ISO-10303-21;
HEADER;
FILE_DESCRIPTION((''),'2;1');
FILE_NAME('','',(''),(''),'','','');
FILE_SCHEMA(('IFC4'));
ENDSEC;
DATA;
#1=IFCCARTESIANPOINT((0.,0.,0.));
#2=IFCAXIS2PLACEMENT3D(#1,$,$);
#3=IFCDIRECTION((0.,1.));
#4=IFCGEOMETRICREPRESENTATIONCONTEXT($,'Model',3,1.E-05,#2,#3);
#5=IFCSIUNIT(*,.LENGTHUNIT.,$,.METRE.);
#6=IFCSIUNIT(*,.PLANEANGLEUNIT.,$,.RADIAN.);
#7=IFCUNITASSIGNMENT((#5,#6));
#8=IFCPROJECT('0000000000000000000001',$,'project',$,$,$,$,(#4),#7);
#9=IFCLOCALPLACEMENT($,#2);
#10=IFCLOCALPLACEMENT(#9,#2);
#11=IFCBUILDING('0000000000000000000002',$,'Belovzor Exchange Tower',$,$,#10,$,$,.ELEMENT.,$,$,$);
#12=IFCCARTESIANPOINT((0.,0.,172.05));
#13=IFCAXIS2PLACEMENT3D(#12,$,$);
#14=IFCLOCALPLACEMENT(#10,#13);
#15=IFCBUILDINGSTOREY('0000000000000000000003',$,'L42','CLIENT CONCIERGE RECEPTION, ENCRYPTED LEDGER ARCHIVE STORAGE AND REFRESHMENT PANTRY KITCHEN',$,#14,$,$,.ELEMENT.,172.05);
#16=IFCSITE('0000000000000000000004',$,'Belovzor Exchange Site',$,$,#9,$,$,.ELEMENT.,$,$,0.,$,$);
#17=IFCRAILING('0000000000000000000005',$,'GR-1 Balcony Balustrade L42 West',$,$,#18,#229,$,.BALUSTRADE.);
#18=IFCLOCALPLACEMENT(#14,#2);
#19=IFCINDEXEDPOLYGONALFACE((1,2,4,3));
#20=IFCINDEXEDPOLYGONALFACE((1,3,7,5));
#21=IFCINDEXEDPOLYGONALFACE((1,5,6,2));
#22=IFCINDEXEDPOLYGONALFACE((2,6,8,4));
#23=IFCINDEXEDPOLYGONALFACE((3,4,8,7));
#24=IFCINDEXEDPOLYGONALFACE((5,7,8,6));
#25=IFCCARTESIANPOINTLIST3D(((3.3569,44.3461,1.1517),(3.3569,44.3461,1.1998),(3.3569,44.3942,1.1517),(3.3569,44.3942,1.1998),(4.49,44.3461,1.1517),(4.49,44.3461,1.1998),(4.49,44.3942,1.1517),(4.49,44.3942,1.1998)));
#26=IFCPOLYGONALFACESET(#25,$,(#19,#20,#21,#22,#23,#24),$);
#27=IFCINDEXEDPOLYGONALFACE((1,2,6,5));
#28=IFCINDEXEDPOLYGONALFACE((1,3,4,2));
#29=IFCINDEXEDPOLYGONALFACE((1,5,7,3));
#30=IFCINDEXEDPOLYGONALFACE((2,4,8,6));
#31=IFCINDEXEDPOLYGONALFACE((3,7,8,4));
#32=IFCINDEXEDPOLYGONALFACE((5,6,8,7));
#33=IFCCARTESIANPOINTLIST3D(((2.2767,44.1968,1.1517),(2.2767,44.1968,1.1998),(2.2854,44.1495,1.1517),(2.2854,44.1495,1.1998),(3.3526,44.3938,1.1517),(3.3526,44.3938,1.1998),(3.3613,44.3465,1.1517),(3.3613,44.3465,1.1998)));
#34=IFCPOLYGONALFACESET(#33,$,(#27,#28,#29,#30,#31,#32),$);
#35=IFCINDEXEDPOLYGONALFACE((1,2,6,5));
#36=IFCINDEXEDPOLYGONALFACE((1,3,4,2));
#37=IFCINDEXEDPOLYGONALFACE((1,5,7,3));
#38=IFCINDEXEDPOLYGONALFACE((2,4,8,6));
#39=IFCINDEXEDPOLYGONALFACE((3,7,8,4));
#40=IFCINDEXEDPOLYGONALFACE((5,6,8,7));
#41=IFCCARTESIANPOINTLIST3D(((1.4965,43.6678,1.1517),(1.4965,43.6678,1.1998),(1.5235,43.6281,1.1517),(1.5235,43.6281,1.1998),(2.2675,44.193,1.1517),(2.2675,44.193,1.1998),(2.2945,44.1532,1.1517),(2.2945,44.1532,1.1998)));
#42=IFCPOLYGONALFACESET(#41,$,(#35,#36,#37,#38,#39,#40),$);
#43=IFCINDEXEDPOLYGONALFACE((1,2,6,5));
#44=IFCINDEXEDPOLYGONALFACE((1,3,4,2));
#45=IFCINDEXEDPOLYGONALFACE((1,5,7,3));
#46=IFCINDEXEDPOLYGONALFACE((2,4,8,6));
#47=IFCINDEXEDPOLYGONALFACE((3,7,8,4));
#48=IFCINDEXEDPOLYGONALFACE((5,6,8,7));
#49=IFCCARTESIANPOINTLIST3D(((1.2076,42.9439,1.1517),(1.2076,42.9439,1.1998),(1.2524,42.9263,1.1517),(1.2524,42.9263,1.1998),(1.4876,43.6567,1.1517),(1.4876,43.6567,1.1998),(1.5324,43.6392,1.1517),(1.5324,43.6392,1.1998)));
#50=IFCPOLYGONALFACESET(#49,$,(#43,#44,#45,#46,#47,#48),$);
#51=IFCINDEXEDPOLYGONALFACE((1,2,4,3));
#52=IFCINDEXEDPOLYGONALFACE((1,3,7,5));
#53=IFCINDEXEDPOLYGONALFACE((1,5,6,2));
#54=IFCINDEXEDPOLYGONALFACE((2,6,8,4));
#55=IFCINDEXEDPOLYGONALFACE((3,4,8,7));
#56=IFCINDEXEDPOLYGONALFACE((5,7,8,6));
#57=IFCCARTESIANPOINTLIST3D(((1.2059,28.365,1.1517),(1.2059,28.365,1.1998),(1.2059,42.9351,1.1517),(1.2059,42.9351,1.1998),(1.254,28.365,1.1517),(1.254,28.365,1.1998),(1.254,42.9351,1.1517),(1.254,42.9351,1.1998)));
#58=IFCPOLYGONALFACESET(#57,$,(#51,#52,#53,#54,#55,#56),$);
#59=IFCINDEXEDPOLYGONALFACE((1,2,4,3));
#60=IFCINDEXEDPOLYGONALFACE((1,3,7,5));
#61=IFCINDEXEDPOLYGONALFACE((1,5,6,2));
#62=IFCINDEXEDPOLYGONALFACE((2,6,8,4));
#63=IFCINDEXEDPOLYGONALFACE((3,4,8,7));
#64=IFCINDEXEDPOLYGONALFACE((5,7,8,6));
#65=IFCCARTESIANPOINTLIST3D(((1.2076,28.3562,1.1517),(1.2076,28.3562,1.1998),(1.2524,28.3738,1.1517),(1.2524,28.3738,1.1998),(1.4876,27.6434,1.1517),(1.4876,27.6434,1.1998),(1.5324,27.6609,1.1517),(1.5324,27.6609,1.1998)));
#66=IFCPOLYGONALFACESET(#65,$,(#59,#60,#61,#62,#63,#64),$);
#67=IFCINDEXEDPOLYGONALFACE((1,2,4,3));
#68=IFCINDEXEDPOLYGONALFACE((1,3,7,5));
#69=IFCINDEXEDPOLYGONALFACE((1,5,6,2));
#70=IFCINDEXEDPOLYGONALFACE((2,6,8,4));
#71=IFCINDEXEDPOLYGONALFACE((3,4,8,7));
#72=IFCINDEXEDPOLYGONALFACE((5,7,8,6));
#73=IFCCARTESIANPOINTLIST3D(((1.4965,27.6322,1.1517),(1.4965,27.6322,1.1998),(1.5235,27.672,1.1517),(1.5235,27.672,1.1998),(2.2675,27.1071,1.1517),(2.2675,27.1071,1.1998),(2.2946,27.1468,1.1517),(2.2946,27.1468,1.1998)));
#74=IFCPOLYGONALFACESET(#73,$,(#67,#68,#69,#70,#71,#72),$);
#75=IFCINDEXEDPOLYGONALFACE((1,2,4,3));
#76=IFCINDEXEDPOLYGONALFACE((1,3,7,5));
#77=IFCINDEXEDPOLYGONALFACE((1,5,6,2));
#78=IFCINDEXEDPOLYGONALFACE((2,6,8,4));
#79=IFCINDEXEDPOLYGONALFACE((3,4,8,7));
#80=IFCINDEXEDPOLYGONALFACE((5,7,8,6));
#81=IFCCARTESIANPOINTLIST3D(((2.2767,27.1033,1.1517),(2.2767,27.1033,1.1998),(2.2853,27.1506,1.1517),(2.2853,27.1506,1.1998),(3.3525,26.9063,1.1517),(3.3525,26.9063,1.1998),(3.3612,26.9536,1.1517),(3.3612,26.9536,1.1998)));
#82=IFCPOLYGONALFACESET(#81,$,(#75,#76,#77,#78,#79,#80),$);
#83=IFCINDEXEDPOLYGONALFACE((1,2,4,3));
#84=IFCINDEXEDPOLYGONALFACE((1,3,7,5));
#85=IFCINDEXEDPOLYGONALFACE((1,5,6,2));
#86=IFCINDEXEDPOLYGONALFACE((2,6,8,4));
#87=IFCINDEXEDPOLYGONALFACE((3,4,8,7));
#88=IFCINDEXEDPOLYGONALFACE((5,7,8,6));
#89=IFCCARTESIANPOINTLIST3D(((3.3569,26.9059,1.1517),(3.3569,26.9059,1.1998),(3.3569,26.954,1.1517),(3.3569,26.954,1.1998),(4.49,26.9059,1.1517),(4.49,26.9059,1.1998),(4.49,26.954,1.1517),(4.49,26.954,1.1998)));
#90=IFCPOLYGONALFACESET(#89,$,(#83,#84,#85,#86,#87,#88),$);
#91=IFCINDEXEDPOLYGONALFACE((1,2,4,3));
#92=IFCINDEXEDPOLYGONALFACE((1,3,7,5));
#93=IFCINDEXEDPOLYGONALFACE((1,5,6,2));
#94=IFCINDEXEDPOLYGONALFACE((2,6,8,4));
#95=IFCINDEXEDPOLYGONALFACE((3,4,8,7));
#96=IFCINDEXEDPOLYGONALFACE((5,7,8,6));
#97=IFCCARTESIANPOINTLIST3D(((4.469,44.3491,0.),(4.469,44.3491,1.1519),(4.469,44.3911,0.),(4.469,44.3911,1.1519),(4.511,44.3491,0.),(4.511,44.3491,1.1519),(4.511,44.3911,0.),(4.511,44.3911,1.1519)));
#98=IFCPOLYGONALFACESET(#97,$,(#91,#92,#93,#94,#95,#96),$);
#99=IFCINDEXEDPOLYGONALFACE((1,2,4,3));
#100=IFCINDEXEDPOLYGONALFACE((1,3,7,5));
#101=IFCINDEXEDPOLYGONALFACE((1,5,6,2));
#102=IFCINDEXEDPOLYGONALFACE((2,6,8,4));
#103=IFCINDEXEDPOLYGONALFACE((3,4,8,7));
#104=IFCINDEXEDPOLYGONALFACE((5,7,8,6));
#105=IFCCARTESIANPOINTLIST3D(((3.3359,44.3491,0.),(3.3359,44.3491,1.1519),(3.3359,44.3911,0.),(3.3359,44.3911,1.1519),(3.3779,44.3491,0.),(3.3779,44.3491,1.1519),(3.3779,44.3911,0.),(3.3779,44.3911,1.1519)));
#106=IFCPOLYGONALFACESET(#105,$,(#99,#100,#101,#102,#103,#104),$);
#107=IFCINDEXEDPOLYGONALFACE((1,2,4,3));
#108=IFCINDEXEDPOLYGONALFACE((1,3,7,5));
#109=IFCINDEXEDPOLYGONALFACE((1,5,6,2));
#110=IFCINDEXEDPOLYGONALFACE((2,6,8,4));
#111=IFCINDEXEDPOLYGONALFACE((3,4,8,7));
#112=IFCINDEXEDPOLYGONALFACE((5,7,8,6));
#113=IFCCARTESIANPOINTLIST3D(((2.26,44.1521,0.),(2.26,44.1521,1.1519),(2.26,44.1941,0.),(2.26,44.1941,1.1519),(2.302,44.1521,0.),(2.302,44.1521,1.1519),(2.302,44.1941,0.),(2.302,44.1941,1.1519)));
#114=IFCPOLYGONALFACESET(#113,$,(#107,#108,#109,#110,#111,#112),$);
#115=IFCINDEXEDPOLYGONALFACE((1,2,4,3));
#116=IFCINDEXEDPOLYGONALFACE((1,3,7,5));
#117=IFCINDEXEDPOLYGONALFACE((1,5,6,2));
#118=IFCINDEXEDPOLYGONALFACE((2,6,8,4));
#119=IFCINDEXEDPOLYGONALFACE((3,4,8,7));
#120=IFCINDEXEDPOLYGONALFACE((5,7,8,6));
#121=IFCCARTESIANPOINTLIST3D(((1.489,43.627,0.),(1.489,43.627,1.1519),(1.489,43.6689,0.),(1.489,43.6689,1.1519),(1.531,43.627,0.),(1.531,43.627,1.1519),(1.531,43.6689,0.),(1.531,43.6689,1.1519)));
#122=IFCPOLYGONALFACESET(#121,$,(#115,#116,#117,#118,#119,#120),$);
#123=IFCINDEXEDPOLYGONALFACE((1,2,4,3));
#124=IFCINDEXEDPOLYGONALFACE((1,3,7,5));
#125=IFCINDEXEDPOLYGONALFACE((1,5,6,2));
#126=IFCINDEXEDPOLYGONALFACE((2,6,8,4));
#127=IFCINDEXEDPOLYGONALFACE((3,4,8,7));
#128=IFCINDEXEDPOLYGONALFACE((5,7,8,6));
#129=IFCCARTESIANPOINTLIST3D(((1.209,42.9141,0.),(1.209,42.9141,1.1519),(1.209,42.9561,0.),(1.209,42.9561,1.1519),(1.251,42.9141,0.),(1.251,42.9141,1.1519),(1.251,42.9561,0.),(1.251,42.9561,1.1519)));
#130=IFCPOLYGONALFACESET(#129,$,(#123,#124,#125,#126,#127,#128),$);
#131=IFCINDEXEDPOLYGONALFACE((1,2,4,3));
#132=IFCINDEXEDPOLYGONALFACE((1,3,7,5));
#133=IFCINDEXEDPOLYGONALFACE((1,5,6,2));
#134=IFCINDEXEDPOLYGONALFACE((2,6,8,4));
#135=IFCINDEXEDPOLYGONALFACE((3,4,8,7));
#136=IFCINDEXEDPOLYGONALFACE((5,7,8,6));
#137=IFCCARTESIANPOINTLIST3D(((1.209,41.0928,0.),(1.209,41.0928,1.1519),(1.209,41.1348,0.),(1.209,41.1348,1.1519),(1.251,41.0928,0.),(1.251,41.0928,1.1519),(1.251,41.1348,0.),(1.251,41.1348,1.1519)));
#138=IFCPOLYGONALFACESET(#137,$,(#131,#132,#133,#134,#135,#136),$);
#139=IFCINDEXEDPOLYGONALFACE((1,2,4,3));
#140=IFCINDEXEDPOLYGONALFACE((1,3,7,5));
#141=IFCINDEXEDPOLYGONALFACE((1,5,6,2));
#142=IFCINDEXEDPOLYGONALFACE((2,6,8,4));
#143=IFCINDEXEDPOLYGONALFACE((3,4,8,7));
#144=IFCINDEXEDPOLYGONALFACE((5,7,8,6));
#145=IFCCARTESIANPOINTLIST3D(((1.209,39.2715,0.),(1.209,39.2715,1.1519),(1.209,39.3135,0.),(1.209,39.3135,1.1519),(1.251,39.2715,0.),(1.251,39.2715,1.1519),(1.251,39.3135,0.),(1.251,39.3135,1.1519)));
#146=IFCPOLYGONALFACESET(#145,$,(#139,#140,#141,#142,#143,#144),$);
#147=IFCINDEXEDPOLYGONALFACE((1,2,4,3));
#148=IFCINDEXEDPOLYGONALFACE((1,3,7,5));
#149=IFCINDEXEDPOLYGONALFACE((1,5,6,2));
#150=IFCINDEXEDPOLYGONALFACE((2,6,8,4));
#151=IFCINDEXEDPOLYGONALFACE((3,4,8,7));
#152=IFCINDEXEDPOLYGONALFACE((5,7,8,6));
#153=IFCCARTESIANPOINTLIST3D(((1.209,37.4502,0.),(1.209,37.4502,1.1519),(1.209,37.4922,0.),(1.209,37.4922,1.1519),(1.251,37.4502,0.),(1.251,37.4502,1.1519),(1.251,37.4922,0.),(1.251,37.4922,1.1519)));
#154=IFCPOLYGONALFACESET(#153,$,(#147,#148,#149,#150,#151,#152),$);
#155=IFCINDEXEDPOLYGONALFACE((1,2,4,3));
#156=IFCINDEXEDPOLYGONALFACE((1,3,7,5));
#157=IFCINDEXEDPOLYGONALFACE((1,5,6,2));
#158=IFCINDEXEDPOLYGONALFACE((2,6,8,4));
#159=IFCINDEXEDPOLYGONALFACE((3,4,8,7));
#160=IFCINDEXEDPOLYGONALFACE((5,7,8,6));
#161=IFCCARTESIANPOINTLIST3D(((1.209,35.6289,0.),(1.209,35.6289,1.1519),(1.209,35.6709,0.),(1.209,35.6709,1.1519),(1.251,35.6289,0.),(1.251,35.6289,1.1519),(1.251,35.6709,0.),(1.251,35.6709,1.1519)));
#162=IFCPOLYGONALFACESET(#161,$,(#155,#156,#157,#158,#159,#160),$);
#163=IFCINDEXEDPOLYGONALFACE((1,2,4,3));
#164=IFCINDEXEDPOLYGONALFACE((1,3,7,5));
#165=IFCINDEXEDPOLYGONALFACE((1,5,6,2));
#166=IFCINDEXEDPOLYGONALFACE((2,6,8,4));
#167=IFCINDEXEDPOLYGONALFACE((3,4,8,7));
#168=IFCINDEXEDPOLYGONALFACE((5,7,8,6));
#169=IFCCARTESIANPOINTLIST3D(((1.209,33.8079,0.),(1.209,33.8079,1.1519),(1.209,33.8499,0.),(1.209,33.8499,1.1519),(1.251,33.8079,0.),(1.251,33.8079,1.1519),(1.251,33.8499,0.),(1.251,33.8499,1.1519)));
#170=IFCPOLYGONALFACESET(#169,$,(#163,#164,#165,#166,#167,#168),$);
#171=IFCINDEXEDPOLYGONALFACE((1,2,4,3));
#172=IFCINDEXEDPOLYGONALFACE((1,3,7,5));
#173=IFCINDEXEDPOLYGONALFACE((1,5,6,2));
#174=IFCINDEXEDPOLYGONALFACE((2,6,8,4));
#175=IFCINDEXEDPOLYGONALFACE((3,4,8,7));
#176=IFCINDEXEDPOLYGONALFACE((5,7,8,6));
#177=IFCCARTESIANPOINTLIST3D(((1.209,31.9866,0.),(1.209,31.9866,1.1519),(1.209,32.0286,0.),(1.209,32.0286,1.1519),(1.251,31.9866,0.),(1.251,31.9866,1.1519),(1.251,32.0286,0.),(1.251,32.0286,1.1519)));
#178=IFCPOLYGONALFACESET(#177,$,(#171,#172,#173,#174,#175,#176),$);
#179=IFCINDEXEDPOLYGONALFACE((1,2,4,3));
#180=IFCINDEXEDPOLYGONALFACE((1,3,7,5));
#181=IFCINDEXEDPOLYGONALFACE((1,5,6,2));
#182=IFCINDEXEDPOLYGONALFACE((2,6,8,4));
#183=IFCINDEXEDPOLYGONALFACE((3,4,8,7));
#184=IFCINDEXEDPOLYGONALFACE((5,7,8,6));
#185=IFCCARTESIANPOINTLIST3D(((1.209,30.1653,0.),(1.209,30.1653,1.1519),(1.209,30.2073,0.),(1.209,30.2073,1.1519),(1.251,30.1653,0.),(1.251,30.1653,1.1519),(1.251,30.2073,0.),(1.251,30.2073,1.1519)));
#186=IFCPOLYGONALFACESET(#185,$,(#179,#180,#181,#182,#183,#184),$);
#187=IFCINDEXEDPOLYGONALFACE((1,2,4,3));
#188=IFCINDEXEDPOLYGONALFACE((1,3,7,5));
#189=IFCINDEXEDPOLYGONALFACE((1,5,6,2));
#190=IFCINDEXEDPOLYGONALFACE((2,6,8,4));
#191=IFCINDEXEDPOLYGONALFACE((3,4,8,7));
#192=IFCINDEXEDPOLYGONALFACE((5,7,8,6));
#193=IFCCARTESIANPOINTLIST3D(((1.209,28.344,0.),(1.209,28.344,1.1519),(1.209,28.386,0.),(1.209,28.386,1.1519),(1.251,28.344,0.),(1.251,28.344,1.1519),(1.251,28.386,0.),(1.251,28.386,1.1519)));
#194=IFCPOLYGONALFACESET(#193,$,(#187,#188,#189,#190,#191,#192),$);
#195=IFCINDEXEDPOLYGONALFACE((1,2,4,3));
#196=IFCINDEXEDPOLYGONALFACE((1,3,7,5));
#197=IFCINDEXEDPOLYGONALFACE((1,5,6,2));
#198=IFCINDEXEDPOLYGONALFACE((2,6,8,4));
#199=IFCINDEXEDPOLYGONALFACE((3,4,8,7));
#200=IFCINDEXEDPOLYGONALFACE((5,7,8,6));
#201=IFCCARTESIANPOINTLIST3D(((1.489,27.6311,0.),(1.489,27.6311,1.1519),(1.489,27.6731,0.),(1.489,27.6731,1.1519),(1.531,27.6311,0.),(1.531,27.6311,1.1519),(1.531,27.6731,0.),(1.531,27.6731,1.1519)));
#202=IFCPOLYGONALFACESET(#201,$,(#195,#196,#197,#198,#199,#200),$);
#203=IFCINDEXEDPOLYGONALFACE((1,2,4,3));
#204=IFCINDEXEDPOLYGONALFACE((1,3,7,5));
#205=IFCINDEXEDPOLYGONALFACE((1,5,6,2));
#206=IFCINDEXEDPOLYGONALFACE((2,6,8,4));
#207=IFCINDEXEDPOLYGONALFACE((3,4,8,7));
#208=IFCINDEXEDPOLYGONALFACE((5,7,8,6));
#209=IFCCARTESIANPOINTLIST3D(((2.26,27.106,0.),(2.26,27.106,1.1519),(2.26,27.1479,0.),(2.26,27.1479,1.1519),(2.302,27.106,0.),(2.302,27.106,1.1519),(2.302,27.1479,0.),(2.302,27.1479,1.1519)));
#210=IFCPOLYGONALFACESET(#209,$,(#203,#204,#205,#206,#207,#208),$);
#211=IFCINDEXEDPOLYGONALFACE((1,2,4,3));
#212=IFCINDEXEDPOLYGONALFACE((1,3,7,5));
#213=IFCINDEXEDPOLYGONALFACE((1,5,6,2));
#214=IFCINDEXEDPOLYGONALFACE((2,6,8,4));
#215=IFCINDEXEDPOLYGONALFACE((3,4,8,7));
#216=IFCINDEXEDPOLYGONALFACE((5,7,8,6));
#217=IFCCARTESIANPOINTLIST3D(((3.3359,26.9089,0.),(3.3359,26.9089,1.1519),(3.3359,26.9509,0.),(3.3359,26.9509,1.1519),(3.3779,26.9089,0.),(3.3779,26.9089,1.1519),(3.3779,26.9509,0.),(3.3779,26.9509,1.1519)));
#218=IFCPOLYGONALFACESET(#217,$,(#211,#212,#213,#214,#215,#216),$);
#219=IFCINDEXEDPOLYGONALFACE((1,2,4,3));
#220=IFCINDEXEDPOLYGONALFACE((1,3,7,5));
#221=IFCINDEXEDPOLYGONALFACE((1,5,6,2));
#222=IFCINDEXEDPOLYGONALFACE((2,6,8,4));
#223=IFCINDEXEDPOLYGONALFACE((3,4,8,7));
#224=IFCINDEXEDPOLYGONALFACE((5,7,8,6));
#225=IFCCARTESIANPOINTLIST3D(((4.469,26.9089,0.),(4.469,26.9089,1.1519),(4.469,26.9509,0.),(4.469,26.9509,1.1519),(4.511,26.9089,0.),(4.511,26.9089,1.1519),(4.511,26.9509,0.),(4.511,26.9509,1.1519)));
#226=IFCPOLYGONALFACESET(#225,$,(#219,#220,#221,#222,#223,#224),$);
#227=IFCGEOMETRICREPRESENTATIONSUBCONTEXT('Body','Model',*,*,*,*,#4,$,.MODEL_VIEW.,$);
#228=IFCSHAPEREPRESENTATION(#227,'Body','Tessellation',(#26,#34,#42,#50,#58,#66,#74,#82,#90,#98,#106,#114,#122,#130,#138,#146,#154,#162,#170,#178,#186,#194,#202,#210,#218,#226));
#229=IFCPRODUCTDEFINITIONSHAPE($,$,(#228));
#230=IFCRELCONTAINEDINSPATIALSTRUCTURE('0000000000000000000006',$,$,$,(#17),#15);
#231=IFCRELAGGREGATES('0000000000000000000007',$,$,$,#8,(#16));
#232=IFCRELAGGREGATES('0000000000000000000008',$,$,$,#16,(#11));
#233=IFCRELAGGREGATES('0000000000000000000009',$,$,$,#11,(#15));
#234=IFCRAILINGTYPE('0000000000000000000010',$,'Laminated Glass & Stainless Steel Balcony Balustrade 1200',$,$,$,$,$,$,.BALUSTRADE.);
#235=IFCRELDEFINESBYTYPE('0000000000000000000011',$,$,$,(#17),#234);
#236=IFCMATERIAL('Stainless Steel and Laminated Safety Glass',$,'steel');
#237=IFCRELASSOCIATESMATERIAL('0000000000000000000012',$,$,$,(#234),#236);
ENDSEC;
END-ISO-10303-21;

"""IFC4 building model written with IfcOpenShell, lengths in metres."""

from ifc_helpers import new_model, si_unit, direction, frame, origin, origin_2d, place, context, subcontext, project, spatial, rectangle, extrude, material, type_object, element, save


model = new_model("IFC4")

# Units and contexts
model_context = context("Model", 3, precision=1e-05, world=origin(), true_north=direction((0.0, 1.0)))
body_context = subcontext(model_context, "Body", "Model", "MODEL_VIEW")
ifc_project = project(units=[si_unit("LENGTHUNIT", "METRE"), si_unit("PLANEANGLEUNIT", "RADIAN")], contexts=[model_context])

# Site, building, storey
site_placement = place(None, origin())
site = spatial("IfcSite", under=ifc_project, at=site_placement, Name="Belovzor Exchange Site", CompositionType="ELEMENT", RefElevation=0.0)
building_placement = place(site_placement, origin())
building = spatial("IfcBuilding", under=site, at=building_placement, Name="Belovzor Exchange Tower", CompositionType="ELEMENT")
storey_placement = place(building_placement, frame((0.0, 0.0, 172.05)))
storey = spatial("IfcBuildingStorey", under=building, at=storey_placement, Name="L42", Description="CLIENT CONCIERGE RECEPTION, ENCRYPTED LEDGER ARCHIVE STORAGE AND REFRESHMENT PANTRY KITCHEN", CompositionType="ELEMENT", Elevation=172.05)

# Railing
ifc_material_1 = material(Name="Stainless Steel and Laminated Safety Glass", Category="steel")
railing_type = type_object("IfcRailingType", Name="Laminated Glass & Stainless Steel Balcony Balustrade 1200", PredefinedType="BALUSTRADE", material=ifc_material_1)
railing_placement = place(storey_placement, frame((4.49, 44.3701, 0.0)))
element("IfcRailing", 1, at=railing_placement, inside=storey, type_object=railing_type, Name="GR-1 Balcony Balustrade L42 West", PredefinedType="BALUSTRADE", context=body_context, shape_type="SweptSolid", body=[
    extrude(rectangle(XDim=0.0481, YDim=0.0481, at=origin_2d()), frame((0.0, 0.0, 1.1758), z_axis=(-1.0, 0.0, 0.0), x_axis=(0.0, -1.0, 0.0)), (0.0, 0.0, 1.0), 1.1331),
    extrude(rectangle(XDim=0.0481, YDim=0.0481, at=origin_2d()), frame((-1.1331, 0.0, 1.1758), z_axis=(-0.983644, -0.180123, 0.0), x_axis=(0.180123, -0.983644, 0.0)), (0.0, 0.0, 1.0), 1.0938),
    extrude(rectangle(XDim=0.0481, YDim=0.0481, at=origin_2d()), frame((-2.209, -0.197, 1.1758), z_axis=(-0.826493, -0.562947, 0.0), x_axis=(0.562947, -0.826493, 0.0)), (0.0, 0.0, 1.0), 0.9329),
    extrude(rectangle(XDim=0.0481, YDim=0.0481, at=origin_2d()), frame((-2.98, -0.7222, 1.1758), z_axis=(-0.365613, -0.930767, 0.0), x_axis=(0.930767, -0.365613, 0.0)), (0.0, 0.0, 1.0), 0.7659),
    extrude(rectangle(XDim=0.0481, YDim=0.0481, at=origin_2d()), frame((-3.26, -1.4351, 1.1758), z_axis=(0.0, -1.0, 0.0), x_axis=(1.0, 0.0, 0.0)), (0.0, 0.0, 1.0), 14.5701),
    extrude(rectangle(XDim=0.0481, YDim=0.0481, at=origin_2d()), frame((-3.26, -16.0051, 1.1758), z_axis=(0.365613, -0.930767, 0.0), x_axis=(0.930767, 0.365613, 0.0)), (0.0, 0.0, 1.0), 0.7659),
    extrude(rectangle(XDim=0.0481, YDim=0.0481, at=origin_2d()), frame((-2.98, -16.718, 1.1758), z_axis=(0.826493, -0.562947, 0.0), x_axis=(0.562947, 0.826493, 0.0)), (0.0, 0.0, 1.0), 0.9329),
    extrude(rectangle(XDim=0.0481, YDim=0.0481, at=origin_2d()), frame((-2.209, -17.2432, 1.1758), z_axis=(0.983644, -0.180123, 0.0), x_axis=(0.180123, 0.983644, 0.0)), (0.0, 0.0, 1.0), 1.0938),
    extrude(rectangle(XDim=0.0481, YDim=0.0481, at=origin_2d()), frame((-1.1331, -17.4402, 1.1758), z_axis=(1.0, 0.0, 0.0), x_axis=(0.0, 1.0, 0.0)), (0.0, 0.0, 1.0), 1.1331),
    extrude(rectangle(XDim=0.042, YDim=0.042, at=origin_2d()), origin(), (0.0, 0.0, 1.0), 1.1519),
    extrude(rectangle(XDim=0.042, YDim=0.042, at=origin_2d()), frame((-1.1331, 0.0, 0.0)), (0.0, 0.0, 1.0), 1.1519),
    extrude(rectangle(XDim=0.042, YDim=0.042, at=origin_2d()), frame((-2.209, -0.197, 0.0)), (0.0, 0.0, 1.0), 1.1519),
    extrude(rectangle(XDim=0.042, YDim=0.042, at=origin_2d()), frame((-2.98, -0.7222, 0.0)), (0.0, 0.0, 1.0), 1.1519),
    extrude(rectangle(XDim=0.042, YDim=0.042, at=origin_2d()), frame((-3.26, -1.4351, 0.0)), (0.0, 0.0, 1.0), 1.1519),
    extrude(rectangle(XDim=0.042, YDim=0.042, at=origin_2d()), frame((-3.26, -3.2563, 0.0)), (0.0, 0.0, 1.0), 1.1519),
    extrude(rectangle(XDim=0.042, YDim=0.042, at=origin_2d()), frame((-3.26, -5.0776, 0.0)), (0.0, 0.0, 1.0), 1.1519),
    extrude(rectangle(XDim=0.042, YDim=0.042, at=origin_2d()), frame((-3.26, -6.8989, 0.0)), (0.0, 0.0, 1.0), 1.1519),
    extrude(rectangle(XDim=0.042, YDim=0.042, at=origin_2d()), frame((-3.26, -8.7202, 0.0)), (0.0, 0.0, 1.0), 1.1519),
    extrude(rectangle(XDim=0.042, YDim=0.042, at=origin_2d()), frame((-3.26, -10.5413, 0.0)), (0.0, 0.0, 1.0), 1.1519),
    extrude(rectangle(XDim=0.042, YDim=0.042, at=origin_2d()), frame((-3.26, -12.3625, 0.0)), (0.0, 0.0, 1.0), 1.1519),
    extrude(rectangle(XDim=0.042, YDim=0.042, at=origin_2d()), frame((-3.26, -14.1838, 0.0)), (0.0, 0.0, 1.0), 1.1519),
    extrude(rectangle(XDim=0.042, YDim=0.042, at=origin_2d()), frame((-3.26, -16.0051, 0.0)), (0.0, 0.0, 1.0), 1.1519),
    extrude(rectangle(XDim=0.042, YDim=0.042, at=origin_2d()), frame((-2.98, -16.718, 0.0)), (0.0, 0.0, 1.0), 1.1519),
    extrude(rectangle(XDim=0.042, YDim=0.042, at=origin_2d()), frame((-2.209, -17.2432, 0.0)), (0.0, 0.0, 1.0), 1.1519),
    extrude(rectangle(XDim=0.042, YDim=0.042, at=origin_2d()), frame((-1.1331, -17.4402, 0.0)), (0.0, 0.0, 1.0), 1.1519),
    extrude(rectangle(XDim=0.042, YDim=0.042, at=origin_2d()), frame((0.0, -17.4402, 0.0)), (0.0, 0.0, 1.0), 1.1519),
])

save(model, "model.ifc")
